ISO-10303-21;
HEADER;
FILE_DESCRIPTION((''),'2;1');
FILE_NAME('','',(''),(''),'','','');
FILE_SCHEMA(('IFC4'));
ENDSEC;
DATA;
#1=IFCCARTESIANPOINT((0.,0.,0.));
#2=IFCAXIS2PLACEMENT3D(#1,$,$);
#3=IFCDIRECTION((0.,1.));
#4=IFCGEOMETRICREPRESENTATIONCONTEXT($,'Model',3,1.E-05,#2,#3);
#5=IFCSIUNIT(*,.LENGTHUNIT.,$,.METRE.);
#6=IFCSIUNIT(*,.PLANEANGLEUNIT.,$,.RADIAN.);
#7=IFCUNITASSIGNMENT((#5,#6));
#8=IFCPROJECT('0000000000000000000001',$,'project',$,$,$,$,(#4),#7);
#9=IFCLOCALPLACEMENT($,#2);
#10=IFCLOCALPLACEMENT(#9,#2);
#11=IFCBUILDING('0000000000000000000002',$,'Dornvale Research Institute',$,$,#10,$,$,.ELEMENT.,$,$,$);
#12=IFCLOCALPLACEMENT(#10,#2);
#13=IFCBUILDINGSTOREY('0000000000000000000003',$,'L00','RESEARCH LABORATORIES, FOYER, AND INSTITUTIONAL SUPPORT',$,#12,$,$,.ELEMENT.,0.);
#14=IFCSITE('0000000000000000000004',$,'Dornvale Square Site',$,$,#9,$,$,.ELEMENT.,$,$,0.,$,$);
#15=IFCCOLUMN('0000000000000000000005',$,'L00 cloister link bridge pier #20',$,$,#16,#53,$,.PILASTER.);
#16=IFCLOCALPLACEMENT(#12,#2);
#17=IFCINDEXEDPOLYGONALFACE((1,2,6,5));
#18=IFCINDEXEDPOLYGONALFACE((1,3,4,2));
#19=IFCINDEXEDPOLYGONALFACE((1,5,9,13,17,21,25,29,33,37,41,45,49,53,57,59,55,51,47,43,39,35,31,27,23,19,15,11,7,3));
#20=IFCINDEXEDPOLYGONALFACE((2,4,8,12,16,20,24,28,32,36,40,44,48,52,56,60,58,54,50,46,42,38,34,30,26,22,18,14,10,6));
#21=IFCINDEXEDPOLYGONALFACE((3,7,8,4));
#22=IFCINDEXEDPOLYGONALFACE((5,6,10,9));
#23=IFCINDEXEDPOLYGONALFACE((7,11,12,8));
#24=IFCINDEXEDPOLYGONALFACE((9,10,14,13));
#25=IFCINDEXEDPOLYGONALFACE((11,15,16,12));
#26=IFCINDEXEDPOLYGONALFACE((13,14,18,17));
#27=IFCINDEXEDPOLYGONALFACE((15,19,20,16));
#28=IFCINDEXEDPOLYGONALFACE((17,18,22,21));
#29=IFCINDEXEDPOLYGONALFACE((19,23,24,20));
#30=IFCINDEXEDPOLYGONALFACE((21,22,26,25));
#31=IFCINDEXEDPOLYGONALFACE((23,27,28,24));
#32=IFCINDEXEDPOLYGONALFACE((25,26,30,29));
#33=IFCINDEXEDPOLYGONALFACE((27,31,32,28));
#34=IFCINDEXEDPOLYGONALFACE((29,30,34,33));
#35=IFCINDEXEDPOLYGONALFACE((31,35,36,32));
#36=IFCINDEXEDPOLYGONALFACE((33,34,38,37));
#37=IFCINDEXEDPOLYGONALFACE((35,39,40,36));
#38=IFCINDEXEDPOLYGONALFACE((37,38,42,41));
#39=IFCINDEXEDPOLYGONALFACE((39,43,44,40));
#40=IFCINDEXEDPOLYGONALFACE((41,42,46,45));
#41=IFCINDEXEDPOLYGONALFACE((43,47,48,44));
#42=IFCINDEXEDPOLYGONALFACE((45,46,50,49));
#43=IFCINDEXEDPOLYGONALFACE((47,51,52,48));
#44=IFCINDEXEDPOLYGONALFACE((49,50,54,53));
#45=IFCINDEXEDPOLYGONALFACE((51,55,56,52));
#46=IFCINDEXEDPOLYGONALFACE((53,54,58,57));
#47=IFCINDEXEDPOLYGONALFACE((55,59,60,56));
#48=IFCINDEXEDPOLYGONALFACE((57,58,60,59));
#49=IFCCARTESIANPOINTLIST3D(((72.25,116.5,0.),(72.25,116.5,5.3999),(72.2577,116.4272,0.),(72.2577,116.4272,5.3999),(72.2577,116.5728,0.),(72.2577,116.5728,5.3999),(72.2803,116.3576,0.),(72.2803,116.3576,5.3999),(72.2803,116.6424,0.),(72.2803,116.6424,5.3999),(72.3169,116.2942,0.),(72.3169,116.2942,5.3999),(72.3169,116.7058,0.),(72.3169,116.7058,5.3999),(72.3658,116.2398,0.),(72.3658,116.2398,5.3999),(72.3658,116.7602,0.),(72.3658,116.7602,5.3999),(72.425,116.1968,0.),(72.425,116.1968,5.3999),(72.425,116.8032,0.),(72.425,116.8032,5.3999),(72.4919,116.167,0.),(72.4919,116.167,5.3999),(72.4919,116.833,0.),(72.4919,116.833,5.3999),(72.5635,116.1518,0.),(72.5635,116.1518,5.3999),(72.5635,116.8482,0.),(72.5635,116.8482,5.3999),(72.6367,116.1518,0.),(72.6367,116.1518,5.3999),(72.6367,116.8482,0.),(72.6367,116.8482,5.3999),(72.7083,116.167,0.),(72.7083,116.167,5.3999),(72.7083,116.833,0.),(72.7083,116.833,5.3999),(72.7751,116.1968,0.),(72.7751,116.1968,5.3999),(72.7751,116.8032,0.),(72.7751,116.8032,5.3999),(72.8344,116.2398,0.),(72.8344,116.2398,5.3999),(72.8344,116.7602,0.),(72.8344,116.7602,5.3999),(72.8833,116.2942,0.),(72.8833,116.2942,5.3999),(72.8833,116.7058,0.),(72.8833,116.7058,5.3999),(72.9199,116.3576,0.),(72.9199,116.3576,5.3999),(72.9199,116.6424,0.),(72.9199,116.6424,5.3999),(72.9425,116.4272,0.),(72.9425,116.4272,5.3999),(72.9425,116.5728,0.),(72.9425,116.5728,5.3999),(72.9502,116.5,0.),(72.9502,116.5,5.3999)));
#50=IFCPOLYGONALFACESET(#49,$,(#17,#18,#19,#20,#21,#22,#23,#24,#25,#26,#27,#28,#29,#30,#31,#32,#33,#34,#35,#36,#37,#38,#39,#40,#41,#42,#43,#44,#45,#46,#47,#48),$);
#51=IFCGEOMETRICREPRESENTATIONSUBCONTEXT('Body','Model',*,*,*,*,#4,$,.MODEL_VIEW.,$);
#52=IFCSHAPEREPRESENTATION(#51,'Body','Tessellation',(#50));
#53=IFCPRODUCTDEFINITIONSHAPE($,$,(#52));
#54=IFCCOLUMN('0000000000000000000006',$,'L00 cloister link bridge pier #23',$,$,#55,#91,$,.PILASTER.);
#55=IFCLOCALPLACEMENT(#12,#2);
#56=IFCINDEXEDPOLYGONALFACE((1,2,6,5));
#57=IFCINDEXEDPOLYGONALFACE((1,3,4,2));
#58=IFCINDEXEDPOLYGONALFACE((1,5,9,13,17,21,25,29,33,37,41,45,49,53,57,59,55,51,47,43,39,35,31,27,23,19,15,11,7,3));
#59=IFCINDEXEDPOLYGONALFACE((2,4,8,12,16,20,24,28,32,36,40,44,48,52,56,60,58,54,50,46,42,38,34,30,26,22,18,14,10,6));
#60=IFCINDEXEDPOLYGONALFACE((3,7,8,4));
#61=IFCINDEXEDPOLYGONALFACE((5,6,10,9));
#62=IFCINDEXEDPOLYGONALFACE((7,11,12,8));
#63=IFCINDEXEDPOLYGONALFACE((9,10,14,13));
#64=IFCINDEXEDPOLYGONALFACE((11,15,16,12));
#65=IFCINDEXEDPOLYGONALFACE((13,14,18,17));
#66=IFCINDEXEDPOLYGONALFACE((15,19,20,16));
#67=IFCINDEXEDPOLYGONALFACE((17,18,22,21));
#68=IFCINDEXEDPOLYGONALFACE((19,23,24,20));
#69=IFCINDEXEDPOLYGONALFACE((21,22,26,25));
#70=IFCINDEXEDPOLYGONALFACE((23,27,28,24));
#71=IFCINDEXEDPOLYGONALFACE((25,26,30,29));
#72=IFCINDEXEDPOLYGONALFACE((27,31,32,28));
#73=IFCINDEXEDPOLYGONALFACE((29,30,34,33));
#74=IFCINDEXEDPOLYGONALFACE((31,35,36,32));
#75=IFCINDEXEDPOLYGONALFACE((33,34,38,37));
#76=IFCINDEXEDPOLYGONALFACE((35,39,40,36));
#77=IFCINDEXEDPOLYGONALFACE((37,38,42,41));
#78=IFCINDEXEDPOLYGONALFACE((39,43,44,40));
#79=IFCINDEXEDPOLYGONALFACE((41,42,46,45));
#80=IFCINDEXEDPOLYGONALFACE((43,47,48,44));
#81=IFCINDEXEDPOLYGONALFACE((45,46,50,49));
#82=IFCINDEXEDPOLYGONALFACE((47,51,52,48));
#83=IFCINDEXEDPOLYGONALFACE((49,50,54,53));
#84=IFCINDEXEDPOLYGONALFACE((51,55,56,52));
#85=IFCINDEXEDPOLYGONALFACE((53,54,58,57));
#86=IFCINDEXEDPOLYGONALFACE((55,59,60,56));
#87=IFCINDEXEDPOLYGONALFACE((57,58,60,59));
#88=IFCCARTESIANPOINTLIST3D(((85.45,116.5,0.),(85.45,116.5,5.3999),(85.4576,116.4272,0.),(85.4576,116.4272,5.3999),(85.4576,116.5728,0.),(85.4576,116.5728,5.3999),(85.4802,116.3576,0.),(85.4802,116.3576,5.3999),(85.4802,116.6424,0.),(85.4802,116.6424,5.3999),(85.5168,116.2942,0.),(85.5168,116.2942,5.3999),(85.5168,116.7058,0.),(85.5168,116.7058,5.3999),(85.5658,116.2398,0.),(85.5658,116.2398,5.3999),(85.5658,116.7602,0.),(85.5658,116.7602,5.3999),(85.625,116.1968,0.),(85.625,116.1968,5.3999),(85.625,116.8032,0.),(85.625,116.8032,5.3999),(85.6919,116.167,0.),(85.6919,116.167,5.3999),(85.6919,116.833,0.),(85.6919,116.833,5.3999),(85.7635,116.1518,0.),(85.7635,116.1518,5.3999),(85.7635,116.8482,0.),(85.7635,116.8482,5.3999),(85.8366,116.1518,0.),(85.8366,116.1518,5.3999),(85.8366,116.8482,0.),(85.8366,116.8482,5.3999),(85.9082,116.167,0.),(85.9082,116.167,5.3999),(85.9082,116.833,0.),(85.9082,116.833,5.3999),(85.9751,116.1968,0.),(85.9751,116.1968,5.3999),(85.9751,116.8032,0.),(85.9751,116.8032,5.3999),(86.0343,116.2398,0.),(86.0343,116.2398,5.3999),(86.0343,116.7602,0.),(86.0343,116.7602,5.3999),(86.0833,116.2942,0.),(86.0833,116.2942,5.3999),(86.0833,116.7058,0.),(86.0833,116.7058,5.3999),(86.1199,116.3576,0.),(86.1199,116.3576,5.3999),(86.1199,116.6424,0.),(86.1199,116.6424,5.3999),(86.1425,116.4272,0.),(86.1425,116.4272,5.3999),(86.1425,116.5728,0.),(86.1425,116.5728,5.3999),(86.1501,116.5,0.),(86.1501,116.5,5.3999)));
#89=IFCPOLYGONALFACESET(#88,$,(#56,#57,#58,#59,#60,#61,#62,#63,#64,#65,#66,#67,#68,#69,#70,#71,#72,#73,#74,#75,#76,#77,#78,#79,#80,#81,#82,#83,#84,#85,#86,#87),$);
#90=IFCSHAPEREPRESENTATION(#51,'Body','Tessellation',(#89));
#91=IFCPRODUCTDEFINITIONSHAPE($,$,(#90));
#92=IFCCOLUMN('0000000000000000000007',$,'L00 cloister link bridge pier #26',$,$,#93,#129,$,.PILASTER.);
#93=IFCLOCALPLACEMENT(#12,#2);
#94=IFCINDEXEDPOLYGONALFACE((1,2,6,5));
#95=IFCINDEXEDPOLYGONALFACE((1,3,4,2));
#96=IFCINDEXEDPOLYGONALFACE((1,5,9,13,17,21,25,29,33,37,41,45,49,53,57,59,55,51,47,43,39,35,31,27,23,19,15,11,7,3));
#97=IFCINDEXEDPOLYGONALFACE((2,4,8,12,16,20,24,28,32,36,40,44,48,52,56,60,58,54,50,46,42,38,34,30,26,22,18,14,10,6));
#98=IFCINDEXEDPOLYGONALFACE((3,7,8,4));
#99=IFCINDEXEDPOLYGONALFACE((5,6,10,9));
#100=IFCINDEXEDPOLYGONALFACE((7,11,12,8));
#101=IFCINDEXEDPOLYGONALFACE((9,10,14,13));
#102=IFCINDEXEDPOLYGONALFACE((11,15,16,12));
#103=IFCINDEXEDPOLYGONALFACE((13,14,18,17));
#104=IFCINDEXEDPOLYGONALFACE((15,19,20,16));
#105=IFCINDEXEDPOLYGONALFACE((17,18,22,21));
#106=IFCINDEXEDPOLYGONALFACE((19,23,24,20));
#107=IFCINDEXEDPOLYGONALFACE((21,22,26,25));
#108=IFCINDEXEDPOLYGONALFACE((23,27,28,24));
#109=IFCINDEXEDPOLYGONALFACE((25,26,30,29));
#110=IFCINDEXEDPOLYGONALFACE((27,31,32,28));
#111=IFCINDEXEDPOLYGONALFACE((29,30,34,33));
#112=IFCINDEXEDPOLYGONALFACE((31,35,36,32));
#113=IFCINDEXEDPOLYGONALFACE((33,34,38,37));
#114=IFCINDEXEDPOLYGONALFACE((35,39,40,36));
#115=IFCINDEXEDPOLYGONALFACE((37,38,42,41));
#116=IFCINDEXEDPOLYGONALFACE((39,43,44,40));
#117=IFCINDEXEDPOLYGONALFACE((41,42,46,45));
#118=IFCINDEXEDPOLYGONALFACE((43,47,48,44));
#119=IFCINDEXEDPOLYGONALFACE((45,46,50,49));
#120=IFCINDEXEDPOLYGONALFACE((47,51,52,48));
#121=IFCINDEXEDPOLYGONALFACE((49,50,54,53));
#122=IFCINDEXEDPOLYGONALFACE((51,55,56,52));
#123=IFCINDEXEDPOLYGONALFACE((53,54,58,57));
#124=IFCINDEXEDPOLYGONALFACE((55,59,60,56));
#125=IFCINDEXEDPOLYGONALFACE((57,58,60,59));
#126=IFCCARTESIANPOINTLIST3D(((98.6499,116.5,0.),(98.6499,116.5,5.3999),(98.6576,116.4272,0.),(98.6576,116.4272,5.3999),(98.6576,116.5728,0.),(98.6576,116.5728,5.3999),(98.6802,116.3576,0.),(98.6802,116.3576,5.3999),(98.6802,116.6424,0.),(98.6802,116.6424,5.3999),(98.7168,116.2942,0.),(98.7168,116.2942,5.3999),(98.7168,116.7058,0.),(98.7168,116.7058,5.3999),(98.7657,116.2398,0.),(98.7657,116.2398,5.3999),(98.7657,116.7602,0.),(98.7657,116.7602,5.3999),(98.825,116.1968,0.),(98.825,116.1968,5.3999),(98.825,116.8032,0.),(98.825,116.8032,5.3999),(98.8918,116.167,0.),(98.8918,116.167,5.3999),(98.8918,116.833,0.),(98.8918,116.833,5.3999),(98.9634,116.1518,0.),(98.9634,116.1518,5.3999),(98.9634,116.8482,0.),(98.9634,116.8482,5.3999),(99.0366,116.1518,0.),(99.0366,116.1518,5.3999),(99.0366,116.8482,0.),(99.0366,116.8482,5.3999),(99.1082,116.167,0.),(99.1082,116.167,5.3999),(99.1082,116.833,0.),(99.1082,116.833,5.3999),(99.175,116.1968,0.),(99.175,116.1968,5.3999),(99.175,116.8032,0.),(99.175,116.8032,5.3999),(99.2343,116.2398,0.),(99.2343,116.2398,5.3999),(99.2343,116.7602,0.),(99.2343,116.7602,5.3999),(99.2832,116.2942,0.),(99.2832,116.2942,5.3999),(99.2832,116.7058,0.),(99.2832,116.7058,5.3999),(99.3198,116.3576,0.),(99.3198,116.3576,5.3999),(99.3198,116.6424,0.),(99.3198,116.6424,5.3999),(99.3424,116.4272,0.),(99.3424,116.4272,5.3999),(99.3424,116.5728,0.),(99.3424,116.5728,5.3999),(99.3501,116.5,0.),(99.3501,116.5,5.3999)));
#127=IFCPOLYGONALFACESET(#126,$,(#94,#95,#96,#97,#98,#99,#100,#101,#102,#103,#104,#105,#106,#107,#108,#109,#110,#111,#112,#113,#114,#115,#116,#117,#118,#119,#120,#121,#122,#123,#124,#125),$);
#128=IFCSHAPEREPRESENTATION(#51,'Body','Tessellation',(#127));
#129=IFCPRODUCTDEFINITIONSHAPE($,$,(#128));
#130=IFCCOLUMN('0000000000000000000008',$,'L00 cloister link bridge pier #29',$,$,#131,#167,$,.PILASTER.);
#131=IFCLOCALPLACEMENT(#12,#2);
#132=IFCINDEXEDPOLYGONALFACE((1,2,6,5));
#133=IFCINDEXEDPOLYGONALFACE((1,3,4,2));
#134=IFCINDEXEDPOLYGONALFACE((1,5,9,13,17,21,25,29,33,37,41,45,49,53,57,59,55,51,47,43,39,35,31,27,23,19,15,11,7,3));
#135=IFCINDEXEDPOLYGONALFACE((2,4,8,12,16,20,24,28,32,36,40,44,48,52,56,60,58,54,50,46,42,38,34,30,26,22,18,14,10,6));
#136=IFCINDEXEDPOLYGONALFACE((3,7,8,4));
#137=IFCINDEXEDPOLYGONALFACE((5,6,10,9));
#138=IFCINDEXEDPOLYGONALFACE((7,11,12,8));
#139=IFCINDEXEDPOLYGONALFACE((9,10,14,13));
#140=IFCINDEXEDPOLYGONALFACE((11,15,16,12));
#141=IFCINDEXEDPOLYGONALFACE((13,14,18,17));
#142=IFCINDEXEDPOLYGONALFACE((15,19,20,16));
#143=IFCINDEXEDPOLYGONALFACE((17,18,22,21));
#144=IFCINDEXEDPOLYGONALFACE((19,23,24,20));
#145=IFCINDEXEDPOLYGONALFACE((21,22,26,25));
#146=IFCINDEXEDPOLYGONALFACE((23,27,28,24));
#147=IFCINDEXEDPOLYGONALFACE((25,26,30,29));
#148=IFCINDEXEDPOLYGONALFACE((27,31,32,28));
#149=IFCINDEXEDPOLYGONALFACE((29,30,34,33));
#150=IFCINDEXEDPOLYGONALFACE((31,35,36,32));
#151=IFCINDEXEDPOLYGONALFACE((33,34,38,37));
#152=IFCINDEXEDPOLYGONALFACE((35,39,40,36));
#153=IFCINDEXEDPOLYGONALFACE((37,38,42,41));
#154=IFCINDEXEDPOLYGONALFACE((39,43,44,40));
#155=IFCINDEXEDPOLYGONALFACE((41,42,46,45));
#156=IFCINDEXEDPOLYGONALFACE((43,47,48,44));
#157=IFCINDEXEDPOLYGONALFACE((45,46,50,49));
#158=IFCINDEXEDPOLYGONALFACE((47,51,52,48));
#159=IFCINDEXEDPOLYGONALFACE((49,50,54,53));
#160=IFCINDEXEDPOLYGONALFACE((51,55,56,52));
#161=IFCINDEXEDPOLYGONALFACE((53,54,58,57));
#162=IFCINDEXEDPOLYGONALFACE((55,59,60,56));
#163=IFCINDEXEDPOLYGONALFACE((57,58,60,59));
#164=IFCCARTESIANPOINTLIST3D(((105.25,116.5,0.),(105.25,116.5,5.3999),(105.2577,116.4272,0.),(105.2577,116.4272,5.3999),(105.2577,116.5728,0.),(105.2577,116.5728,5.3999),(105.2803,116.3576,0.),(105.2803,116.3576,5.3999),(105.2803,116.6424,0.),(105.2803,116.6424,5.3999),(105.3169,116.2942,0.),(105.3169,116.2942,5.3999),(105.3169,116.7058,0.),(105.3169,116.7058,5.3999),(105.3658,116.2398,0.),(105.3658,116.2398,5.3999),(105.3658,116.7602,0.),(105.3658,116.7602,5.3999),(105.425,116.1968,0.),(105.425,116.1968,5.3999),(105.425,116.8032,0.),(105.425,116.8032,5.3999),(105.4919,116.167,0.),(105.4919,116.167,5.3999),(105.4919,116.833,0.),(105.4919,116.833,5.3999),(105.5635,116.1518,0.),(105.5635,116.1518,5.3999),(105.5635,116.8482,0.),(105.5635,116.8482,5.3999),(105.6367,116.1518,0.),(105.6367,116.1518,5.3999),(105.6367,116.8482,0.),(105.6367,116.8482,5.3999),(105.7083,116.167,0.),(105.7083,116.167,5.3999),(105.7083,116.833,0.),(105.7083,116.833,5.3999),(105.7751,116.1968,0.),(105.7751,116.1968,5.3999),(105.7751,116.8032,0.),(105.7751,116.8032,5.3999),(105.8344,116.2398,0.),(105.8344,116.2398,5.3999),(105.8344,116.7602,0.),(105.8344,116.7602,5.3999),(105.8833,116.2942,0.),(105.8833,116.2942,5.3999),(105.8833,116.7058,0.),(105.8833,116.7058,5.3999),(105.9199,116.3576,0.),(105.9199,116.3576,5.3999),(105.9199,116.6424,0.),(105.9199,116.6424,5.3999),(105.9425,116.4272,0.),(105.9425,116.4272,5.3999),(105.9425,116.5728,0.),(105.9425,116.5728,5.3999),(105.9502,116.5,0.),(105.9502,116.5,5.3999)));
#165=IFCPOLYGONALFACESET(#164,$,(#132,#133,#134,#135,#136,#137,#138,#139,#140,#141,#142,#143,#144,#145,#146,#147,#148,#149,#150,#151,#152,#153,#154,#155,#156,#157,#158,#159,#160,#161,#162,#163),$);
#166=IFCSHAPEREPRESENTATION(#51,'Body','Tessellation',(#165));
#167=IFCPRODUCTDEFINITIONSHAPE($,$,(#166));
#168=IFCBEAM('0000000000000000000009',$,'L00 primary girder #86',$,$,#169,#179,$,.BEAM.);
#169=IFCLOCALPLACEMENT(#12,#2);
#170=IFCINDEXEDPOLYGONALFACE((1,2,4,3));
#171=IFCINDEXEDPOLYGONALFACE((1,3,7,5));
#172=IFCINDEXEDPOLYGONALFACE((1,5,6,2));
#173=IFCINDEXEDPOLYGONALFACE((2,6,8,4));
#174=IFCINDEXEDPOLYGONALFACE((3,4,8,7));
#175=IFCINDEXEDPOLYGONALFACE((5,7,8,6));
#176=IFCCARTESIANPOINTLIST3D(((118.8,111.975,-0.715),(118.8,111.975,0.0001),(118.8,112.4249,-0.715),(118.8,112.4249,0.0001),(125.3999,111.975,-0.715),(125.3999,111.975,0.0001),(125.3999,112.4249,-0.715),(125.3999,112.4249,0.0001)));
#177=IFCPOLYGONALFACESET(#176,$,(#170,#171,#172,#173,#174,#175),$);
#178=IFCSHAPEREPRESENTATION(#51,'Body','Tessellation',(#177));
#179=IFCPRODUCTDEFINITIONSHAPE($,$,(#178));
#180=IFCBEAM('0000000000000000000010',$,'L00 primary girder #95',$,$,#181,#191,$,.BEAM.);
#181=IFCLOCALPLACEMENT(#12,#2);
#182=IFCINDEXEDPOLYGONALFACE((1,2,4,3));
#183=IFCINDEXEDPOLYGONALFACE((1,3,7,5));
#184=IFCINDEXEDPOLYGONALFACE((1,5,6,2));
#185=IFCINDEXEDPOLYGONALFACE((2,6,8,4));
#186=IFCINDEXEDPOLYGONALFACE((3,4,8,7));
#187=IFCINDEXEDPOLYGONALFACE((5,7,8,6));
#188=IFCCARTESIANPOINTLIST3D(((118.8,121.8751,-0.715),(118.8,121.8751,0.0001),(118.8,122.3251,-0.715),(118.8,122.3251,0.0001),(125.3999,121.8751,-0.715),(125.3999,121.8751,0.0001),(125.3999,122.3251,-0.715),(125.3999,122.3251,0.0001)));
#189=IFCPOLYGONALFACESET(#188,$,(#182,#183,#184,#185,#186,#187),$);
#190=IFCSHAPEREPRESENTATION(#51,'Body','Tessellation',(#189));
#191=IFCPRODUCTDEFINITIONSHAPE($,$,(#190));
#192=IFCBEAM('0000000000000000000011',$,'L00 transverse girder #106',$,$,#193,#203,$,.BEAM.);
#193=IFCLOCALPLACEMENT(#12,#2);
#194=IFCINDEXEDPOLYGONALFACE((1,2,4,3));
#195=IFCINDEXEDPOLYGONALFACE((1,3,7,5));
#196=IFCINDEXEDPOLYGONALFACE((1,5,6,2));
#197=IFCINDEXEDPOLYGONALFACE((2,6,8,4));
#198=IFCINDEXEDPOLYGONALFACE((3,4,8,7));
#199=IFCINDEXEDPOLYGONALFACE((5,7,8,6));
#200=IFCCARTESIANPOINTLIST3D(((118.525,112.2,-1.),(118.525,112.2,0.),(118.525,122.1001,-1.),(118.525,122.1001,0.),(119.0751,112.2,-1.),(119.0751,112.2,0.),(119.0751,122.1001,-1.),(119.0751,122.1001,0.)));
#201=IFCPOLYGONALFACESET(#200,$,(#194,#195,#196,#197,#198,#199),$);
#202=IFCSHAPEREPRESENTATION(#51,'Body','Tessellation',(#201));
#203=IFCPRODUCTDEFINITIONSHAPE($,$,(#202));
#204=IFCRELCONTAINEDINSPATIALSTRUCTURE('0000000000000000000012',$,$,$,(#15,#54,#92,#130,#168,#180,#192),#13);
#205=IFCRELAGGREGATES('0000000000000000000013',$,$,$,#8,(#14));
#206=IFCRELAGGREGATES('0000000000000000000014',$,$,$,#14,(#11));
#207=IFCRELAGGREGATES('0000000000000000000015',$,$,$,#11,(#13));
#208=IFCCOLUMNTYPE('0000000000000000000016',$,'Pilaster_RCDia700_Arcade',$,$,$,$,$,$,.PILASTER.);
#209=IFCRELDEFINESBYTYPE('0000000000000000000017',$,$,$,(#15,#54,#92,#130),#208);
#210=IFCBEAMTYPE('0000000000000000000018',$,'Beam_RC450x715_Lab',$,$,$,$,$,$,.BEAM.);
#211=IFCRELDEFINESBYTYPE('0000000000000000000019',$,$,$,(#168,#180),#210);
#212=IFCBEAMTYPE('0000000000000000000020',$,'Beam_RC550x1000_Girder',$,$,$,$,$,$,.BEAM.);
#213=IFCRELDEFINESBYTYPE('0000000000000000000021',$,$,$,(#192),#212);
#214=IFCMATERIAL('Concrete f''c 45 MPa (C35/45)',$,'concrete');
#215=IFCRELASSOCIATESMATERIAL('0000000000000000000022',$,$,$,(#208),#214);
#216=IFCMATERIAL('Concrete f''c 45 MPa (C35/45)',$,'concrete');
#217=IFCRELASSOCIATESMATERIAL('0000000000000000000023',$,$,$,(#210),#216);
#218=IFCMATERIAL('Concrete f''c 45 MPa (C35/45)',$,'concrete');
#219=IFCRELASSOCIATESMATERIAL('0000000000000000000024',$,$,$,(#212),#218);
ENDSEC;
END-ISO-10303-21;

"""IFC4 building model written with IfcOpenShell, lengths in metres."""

from ifc_helpers import new_model, si_unit, direction, frame, origin, origin_2d, place, context, subcontext, project, spatial, rectangle, circle, extrude, material, material_profile, profile_set, type_object, element, save


model = new_model("IFC4")

# Units and contexts
model_context = context("Model", 3, precision=1e-05, world=origin(), true_north=direction((0.0, 1.0)))
body_context = subcontext(model_context, "Body", "Model", "MODEL_VIEW")
ifc_project = project(units=[si_unit("LENGTHUNIT", "METRE"), si_unit("PLANEANGLEUNIT", "RADIAN")], contexts=[model_context])

# Site, building, storey
site_placement = place(None, origin())
site = spatial("IfcSite", under=ifc_project, at=site_placement, Name="Dornvale Square Site", CompositionType="ELEMENT", RefElevation=0.0)
building_placement = place(site_placement, origin())
building = spatial("IfcBuilding", under=site, at=building_placement, Name="Dornvale Research Institute", CompositionType="ELEMENT")
storey_placement = place(building_placement, origin())
storey = spatial("IfcBuildingStorey", under=building, at=storey_placement, Name="L00", Description="RESEARCH LABORATORIES, FOYER, AND INSTITUTIONAL SUPPORT", CompositionType="ELEMENT", Elevation=0.0)

# Columns
ifc_material_1 = material(Name="Concrete f'c 45 MPa (C35/45)", Category="concrete")
ifc_material_profile_1 = material_profile(ifc_material_1, circle(Radius=0.3501, at=origin_2d()), Name="RC DIA 700")
ifc_profile_set_1 = profile_set([ifc_material_profile_1], Name="Concrete f'c 45 MPa (C35/45)")
column_type_1 = type_object("IfcColumnType", Name="Pilaster_RCDia700_Arcade", PredefinedType="PILASTER", material=ifc_profile_set_1)
for number, where, z_axis, x_axis, name in (
    (1, (72.6001, 116.5, 0.0), (0.0, 0.0, 1.0), (1.0, 0.0, 0.0), "L00 cloister link bridge pier #20"),
    (2, (85.8, 116.5, 0.0), (0.0, 0.0, 1.0), (1.0, 0.0, 0.0), "L00 cloister link bridge pier #23"),
    (3, (99.0, 116.5, 0.0), (0.0, 0.0, 1.0), (1.0, 0.0, 0.0), "L00 cloister link bridge pier #26"),
    (4, (105.6001, 116.5, 0.0), (0.0, 0.0, 1.0), (1.0, 0.0, 0.0), "L00 cloister link bridge pier #29"),
):
    element("IfcColumn", number, at=place(storey_placement, frame(where, z_axis=z_axis, x_axis=x_axis)), inside=storey, type_object=column_type_1, Name=name, PredefinedType="PILASTER", context=body_context, shape_type="SweptSolid", body=[
        extrude(circle(Radius=0.3501, at=origin_2d()), origin(), (0.0, 0.0, 1.0), 5.3999),
    ])

# Beams
ifc_material_2 = material(Name="Concrete f'c 45 MPa (C35/45)", Category="concrete")
ifc_material_profile_2 = material_profile(ifc_material_2, rectangle(XDim=0.45, YDim=0.7151, at=origin_2d()), Name="RC 450x715")
ifc_profile_set_2 = profile_set([ifc_material_profile_2], Name="Concrete f'c 45 MPa (C35/45)")
beam_type_1 = type_object("IfcBeamType", Name="Beam_RC450x715_Lab", PredefinedType="BEAM", material=ifc_profile_set_2)
for number, where, z_axis, x_axis, name in (
    (5, (118.8, 112.2, -0.3574), (1.0, 0.0, 0.0), (0.0, 1.0, 0.0), "L00 primary girder #86"),
    (6, (118.8, 122.1001, -0.3574), (1.0, 0.0, 0.0), (0.0, 1.0, 0.0), "L00 primary girder #95"),
):
    element("IfcBeam", number, at=place(storey_placement, frame(where, z_axis=z_axis, x_axis=x_axis)), inside=storey, type_object=beam_type_1, Name=name, PredefinedType="BEAM", context=body_context, shape_type="SweptSolid", body=[
        extrude(rectangle(XDim=0.45, YDim=0.7151, at=origin_2d()), origin(), (0.0, 0.0, 1.0), 6.5999),
    ])
ifc_material_3 = material(Name="Concrete f'c 45 MPa (C35/45)", Category="concrete")
ifc_material_profile_3 = material_profile(ifc_material_3, rectangle(XDim=0.55, YDim=1.0, at=origin_2d()), Name="RC 550x1000")
ifc_profile_set_3 = profile_set([ifc_material_profile_3], Name="Concrete f'c 45 MPa (C35/45)")
beam_type_2 = type_object("IfcBeamType", Name="Beam_RC550x1000_Girder", PredefinedType="BEAM", material=ifc_profile_set_3)
beam_placement = place(storey_placement, frame((118.8, 112.2, -0.5), z_axis=(0.0, 1.0, 0.0), x_axis=(-1.0, 0.0, 0.0)))
element("IfcBeam", 7, at=beam_placement, inside=storey, type_object=beam_type_2, Name="L00 transverse girder #106", PredefinedType="BEAM", context=body_context, shape_type="SweptSolid", body=[
    extrude(rectangle(XDim=0.55, YDim=1.0, at=origin_2d()), origin(), (0.0, 0.0, 1.0), 9.9001),
])

save(model, "model.ifc")
